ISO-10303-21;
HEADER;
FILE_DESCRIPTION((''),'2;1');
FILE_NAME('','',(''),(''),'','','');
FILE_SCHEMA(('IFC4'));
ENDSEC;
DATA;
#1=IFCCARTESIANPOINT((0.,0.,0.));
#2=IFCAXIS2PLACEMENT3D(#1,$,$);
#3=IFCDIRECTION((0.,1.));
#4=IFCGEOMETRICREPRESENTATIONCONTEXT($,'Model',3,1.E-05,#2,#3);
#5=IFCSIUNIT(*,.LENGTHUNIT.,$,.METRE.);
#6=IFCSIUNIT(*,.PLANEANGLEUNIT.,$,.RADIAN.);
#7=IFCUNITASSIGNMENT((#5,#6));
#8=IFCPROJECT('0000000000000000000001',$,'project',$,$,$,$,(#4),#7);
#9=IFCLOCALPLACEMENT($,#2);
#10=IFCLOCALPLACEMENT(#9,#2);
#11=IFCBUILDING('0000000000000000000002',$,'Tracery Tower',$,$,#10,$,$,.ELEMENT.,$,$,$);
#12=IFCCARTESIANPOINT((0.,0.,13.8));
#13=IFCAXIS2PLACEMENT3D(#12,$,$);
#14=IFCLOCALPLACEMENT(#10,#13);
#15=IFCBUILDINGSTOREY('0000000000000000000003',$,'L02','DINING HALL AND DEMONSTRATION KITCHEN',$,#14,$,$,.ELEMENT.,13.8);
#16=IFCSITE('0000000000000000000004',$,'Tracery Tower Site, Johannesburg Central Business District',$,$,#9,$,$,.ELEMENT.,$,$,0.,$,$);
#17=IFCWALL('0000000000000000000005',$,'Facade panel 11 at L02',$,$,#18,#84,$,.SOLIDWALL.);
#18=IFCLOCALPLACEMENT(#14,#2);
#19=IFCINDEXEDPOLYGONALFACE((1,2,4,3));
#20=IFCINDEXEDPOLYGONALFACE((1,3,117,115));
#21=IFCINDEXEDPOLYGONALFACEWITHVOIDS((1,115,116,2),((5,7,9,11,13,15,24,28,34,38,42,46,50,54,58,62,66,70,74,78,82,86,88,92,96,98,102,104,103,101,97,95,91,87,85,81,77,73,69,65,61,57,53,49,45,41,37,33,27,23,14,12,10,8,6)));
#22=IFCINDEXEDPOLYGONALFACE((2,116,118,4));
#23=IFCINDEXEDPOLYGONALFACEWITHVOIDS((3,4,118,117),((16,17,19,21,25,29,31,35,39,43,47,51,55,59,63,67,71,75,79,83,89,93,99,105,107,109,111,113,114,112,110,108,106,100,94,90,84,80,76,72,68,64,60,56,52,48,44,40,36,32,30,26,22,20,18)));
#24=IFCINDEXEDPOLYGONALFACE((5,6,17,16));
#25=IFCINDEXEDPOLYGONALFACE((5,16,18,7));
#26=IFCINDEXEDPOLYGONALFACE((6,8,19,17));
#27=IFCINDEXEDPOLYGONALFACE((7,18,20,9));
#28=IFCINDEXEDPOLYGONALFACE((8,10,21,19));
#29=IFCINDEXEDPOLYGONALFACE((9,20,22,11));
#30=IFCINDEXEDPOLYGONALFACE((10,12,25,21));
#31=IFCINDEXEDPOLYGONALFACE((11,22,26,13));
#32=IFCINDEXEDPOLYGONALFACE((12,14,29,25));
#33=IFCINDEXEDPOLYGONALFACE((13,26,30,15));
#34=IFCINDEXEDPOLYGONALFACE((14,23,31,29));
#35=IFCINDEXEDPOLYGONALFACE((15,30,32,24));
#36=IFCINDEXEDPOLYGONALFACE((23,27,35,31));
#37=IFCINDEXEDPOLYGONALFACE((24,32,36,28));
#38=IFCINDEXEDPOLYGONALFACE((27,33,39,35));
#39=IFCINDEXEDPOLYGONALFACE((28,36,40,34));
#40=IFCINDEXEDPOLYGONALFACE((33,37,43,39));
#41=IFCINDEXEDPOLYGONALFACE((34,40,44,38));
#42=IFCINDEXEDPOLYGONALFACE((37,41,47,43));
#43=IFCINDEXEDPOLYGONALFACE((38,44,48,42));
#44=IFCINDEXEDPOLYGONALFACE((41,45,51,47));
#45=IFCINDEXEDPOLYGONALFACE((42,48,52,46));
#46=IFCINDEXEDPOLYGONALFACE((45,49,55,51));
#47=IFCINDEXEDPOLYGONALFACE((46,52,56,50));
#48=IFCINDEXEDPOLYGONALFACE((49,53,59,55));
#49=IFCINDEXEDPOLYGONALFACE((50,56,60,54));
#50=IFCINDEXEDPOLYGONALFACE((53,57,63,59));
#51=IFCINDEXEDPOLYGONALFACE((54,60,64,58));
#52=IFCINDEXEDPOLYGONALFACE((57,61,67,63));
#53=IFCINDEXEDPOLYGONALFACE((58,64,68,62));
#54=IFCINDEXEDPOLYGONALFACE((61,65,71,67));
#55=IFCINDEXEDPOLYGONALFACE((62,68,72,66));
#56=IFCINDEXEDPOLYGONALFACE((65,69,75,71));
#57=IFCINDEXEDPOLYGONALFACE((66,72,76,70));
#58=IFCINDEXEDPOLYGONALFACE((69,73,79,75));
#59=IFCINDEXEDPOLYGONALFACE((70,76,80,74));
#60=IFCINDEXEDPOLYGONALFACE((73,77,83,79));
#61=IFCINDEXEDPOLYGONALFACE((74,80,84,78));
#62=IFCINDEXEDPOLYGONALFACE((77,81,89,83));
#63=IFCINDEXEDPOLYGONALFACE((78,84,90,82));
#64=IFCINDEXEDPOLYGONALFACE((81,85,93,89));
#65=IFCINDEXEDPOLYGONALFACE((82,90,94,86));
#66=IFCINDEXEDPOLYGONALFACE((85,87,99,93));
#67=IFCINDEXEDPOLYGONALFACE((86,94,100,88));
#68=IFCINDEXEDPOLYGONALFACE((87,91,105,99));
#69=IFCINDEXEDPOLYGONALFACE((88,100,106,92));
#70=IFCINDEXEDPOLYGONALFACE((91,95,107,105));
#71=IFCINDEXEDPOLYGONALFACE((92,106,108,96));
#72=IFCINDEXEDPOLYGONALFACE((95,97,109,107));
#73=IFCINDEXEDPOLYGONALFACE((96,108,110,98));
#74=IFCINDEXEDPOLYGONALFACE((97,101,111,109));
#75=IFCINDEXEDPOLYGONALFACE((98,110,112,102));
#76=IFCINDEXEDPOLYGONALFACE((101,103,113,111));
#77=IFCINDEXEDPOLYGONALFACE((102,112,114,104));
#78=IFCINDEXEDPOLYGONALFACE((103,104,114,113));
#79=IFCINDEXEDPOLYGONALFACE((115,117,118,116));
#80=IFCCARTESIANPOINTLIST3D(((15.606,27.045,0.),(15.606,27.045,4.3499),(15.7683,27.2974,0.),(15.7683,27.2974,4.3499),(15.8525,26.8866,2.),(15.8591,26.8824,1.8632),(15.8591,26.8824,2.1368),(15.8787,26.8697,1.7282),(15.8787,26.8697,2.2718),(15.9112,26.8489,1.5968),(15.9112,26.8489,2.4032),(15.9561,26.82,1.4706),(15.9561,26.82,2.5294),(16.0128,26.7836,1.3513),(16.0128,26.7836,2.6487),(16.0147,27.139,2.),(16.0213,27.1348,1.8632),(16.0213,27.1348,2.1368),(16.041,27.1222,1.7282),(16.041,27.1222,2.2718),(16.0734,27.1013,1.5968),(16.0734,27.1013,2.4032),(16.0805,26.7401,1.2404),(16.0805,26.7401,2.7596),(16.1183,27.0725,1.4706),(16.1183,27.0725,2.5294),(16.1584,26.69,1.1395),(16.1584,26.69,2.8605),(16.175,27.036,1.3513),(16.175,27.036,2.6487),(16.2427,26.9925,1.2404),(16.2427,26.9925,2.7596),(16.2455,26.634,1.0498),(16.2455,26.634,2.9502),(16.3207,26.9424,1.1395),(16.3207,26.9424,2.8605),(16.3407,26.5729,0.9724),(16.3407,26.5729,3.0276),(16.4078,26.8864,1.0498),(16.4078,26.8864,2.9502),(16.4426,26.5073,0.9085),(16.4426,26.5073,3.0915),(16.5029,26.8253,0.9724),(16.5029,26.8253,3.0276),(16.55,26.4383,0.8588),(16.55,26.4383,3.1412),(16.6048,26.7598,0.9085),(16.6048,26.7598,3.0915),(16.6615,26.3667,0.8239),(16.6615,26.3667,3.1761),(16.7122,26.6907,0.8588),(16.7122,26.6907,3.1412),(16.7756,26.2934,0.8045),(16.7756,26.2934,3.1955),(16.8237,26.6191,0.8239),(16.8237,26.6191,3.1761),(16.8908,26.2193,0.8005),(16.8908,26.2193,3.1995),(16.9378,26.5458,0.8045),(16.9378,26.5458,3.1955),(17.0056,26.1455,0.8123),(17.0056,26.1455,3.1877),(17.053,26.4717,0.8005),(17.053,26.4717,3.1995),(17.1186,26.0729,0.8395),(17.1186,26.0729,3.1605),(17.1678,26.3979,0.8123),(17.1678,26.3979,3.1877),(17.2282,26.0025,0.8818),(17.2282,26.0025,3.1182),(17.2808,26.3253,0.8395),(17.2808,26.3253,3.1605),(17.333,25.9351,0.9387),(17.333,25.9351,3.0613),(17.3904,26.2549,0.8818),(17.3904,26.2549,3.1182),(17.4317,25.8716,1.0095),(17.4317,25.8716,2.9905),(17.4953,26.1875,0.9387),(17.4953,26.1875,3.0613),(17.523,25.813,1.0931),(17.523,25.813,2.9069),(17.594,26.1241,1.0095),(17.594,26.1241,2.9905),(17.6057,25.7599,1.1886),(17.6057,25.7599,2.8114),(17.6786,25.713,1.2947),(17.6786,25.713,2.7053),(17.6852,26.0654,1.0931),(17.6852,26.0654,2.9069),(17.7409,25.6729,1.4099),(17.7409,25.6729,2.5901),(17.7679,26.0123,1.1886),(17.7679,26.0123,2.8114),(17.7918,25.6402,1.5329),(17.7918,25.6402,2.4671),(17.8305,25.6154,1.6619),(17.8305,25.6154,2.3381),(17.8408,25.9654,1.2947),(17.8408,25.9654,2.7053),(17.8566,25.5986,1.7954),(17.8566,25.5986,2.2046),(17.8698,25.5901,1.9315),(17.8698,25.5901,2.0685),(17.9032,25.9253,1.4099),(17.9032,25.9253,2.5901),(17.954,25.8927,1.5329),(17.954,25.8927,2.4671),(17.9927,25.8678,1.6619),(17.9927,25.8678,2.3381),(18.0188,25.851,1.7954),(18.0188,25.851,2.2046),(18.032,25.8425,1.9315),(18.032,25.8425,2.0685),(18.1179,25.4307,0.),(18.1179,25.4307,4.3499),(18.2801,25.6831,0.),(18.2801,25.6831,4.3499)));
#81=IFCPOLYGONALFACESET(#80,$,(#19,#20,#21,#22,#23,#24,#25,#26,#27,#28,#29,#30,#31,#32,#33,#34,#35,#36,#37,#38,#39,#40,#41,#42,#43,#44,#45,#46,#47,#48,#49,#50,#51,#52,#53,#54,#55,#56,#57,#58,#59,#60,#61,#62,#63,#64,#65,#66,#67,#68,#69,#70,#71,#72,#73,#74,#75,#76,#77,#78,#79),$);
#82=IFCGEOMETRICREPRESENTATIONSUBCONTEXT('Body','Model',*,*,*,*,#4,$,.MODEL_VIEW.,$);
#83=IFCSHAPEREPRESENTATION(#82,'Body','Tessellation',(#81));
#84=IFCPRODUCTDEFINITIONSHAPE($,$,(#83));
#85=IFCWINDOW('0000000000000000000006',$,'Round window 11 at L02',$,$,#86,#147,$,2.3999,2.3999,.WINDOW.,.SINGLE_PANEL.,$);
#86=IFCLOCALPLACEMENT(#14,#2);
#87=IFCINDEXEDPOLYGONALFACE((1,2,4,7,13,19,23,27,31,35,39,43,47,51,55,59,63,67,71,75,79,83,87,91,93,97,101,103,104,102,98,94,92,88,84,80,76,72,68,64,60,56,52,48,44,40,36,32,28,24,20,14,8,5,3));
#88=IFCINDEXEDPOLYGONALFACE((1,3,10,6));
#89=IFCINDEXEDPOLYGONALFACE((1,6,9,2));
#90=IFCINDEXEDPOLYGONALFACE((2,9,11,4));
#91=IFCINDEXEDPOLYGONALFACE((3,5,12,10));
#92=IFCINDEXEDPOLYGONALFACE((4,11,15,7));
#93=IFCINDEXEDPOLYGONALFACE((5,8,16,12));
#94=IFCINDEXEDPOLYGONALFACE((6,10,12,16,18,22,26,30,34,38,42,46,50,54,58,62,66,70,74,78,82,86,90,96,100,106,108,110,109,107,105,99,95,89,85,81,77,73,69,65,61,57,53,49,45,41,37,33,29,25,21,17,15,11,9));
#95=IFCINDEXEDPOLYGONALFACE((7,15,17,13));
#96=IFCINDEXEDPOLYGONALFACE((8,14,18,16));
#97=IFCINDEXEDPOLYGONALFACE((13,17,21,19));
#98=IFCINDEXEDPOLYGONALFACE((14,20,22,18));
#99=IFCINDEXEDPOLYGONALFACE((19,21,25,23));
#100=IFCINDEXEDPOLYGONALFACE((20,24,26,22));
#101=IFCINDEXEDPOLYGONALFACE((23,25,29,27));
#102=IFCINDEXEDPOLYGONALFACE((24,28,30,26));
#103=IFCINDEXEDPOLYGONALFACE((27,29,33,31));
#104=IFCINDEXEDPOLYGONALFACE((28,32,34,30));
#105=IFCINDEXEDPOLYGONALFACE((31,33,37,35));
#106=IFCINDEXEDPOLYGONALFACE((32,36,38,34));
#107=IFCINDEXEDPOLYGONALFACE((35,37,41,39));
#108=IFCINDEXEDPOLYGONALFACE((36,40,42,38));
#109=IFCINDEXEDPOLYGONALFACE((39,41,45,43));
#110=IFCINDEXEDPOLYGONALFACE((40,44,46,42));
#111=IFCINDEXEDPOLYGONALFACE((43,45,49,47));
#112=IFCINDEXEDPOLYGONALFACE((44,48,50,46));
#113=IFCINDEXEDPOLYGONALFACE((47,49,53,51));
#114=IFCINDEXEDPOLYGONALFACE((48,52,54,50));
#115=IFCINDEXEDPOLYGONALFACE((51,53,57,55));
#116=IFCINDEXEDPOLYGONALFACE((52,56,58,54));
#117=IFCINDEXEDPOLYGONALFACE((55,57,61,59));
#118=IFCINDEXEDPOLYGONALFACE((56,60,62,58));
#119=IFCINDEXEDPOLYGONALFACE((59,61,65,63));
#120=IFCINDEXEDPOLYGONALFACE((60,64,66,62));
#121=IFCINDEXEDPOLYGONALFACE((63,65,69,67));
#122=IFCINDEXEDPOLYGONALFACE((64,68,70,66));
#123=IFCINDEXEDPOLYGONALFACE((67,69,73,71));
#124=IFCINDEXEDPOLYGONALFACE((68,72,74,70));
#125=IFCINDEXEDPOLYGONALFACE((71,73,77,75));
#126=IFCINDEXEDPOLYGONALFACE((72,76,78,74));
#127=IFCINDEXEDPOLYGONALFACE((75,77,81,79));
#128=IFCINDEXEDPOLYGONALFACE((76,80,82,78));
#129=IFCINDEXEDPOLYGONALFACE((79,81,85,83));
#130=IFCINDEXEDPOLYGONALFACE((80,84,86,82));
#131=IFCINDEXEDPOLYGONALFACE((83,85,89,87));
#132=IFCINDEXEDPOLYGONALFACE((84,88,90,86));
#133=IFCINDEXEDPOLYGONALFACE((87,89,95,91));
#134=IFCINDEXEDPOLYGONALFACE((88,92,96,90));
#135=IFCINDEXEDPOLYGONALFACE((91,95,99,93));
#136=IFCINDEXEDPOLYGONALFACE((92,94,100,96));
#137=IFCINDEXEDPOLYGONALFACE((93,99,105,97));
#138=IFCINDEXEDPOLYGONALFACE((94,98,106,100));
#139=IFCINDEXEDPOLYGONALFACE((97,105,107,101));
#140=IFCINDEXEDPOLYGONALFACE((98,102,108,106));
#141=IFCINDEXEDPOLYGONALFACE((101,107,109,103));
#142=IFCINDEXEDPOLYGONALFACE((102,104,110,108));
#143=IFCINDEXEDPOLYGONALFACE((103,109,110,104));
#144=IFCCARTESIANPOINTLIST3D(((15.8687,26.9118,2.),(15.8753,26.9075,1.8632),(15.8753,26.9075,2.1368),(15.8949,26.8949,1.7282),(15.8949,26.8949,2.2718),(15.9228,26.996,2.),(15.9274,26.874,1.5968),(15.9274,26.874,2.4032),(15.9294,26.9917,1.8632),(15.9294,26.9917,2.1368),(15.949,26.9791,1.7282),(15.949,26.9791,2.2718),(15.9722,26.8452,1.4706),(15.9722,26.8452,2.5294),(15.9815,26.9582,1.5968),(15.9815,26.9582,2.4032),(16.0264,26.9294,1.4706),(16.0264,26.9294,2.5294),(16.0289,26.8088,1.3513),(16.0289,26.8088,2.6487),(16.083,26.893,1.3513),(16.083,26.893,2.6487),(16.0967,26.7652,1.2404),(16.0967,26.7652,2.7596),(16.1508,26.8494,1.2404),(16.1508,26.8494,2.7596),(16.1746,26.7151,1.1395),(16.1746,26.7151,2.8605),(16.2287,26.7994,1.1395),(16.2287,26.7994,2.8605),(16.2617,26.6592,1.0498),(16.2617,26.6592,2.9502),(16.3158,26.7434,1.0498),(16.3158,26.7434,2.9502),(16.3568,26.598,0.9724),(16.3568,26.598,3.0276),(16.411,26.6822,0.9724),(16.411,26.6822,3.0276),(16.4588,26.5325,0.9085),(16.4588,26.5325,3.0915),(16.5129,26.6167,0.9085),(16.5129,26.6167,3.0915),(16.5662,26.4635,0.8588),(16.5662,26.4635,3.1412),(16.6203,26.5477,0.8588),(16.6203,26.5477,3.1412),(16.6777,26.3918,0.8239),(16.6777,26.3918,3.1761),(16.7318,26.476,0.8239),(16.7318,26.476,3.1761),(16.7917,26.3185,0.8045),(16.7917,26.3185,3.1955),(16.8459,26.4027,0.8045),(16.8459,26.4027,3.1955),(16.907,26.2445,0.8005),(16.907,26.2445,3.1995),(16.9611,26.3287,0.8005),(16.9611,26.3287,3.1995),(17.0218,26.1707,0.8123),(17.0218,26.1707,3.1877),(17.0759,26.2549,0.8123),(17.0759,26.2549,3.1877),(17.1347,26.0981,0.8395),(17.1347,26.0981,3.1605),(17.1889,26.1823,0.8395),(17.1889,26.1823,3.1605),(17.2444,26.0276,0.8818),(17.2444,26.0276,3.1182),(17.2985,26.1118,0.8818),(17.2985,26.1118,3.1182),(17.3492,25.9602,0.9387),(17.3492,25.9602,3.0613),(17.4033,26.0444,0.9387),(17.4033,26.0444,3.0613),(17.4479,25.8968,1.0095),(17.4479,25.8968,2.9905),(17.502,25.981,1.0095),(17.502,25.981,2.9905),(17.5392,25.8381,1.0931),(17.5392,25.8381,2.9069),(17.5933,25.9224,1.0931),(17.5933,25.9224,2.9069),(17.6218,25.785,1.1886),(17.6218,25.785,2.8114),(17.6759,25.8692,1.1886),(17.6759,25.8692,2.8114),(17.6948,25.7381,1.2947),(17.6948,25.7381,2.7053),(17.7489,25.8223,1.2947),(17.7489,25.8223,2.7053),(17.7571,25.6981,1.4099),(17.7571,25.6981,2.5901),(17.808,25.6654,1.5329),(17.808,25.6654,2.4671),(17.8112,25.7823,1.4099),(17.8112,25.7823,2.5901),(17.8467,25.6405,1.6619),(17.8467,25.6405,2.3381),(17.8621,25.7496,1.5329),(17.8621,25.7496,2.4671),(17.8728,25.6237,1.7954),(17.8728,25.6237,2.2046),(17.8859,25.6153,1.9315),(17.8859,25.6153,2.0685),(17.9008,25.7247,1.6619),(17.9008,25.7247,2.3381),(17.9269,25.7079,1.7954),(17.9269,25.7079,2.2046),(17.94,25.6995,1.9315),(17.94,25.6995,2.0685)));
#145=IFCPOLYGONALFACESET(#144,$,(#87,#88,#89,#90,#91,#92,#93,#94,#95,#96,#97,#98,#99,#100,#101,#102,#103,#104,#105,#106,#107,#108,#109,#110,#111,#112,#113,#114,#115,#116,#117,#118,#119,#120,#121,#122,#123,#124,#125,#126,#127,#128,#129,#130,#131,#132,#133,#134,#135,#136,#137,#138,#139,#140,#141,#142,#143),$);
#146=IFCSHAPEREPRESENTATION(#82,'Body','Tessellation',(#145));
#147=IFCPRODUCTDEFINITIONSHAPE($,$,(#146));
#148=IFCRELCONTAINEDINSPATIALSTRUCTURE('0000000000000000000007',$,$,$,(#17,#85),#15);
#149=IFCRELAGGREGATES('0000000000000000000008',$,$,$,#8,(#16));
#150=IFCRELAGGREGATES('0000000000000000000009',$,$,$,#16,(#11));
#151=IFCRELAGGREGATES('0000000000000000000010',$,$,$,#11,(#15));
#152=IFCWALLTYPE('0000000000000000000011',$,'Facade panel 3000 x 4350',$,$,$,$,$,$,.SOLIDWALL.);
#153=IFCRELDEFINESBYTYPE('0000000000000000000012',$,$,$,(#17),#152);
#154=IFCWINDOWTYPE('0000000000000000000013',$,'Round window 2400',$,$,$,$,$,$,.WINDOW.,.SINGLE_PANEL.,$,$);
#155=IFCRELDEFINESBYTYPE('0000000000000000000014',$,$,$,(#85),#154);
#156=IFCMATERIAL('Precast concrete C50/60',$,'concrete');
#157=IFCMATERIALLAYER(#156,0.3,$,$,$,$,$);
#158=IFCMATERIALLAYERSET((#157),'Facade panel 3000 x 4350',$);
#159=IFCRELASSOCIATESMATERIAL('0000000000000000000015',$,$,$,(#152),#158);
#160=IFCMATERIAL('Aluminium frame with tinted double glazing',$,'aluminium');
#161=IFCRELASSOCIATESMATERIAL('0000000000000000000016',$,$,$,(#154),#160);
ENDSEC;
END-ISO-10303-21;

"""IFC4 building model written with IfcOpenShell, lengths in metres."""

from ifc_helpers import new_model, si_unit, direction, frame, frame_2d, origin, origin_2d, place, context, subcontext, project, spatial, rectangle, circle, extrude, material, layer, layer_set, type_object, element, fill, save


model = new_model("IFC4")

# Units and contexts
model_context = context("Model", 3, precision=1e-05, world=origin(), true_north=direction((0.0, 1.0)))
body_context = subcontext(model_context, "Body", "Model", "MODEL_VIEW")
ifc_project = project(units=[si_unit("LENGTHUNIT", "METRE"), si_unit("PLANEANGLEUNIT", "RADIAN")], contexts=[model_context])

# Site, building, storey
site_placement = place(None, origin())
site = spatial("IfcSite", under=ifc_project, at=site_placement, Name="Tracery Tower Site, Johannesburg Central Business District", CompositionType="ELEMENT", RefElevation=0.0)
building_placement = place(site_placement, origin())
building = spatial("IfcBuilding", under=site, at=building_placement, Name="Tracery Tower", CompositionType="ELEMENT")
storey_placement = place(building_placement, frame((0.0, 0.0, 13.8)))
storey = spatial("IfcBuildingStorey", under=building, at=storey_placement, Name="L02", Description="DINING HALL AND DEMONSTRATION KITCHEN", CompositionType="ELEMENT", Elevation=13.8)

# Wall, opening, window
ifc_material_1 = material(Name="Precast concrete C50/60", Category="concrete")
ifc_layer_1 = layer(ifc_material_1, 0.3)
ifc_layer_set_1 = layer_set([ifc_layer_1], Name="Facade panel 3000 x 4350")
wall_type_1 = type_object("IfcWallType", Name="Facade panel 3000 x 4350", PredefinedType="SOLIDWALL", material=ifc_layer_set_1)
ifc_material_2 = material(Name="Aluminium frame with tinted double glazing", Category="aluminium")
window_type = type_object("IfcWindowType", Name="Round window 2400", PartitioningType="SINGLE_PANEL", PredefinedType="WINDOW", material=ifc_material_2)
wall_1_placement = place(storey_placement, frame((18.199, 25.5569, 0.0), z_axis=(0.0, 0.0, 1.0), x_axis=(-0.841242, 0.540658, 0.0)))
wall_1 = element("IfcWall", 1, at=wall_1_placement, inside=storey, type_object=wall_type_1, Name="Facade panel 11 at L02", PredefinedType="SOLIDWALL", context=body_context, shape_type="SweptSolid", body=[
    extrude(rectangle(XDim=2.9858, YDim=0.3, at=frame_2d((1.4929, 0.0))), origin(), (0.0, 0.0, 1.0), 4.3499),
])
opening_1_placement = place(wall_1_placement, frame((1.4929, 0.0, 2.0)))
opening_1 = element("IfcOpeningElement", 2, at=opening_1_placement, cuts=wall_1, PredefinedType="OPENING", context=body_context, shape_type="SweptSolid", body=[
    extrude(circle(Radius=1.2, at=origin_2d()), frame((0.0, 0.1599, 0.0), z_axis=(0.0, -1.0, 0.0), x_axis=(1.0, 0.0, 0.0)), (0.0, 0.0, 1.0), 0.3201),
])
window_1_placement = place(opening_1_placement, origin())
window_1 = element("IfcWindow", 3, at=window_1_placement, inside=storey, type_object=window_type, Name="Round window 11 at L02", OverallHeight=2.3999, OverallWidth=2.3999, PartitioningType="SINGLE_PANEL", PredefinedType="WINDOW", context=body_context, shape_type="SweptSolid", body=[
    extrude(circle(Radius=1.2, at=origin_2d()), frame((0.0, 0.1201, 0.0), z_axis=(0.0, -1.0, 0.0), x_axis=(1.0, 0.0, 0.0)), (0.0, 0.0, 1.0), 0.1001),
])
fill(opening_1, window_1)

save(model, "model.ifc")
